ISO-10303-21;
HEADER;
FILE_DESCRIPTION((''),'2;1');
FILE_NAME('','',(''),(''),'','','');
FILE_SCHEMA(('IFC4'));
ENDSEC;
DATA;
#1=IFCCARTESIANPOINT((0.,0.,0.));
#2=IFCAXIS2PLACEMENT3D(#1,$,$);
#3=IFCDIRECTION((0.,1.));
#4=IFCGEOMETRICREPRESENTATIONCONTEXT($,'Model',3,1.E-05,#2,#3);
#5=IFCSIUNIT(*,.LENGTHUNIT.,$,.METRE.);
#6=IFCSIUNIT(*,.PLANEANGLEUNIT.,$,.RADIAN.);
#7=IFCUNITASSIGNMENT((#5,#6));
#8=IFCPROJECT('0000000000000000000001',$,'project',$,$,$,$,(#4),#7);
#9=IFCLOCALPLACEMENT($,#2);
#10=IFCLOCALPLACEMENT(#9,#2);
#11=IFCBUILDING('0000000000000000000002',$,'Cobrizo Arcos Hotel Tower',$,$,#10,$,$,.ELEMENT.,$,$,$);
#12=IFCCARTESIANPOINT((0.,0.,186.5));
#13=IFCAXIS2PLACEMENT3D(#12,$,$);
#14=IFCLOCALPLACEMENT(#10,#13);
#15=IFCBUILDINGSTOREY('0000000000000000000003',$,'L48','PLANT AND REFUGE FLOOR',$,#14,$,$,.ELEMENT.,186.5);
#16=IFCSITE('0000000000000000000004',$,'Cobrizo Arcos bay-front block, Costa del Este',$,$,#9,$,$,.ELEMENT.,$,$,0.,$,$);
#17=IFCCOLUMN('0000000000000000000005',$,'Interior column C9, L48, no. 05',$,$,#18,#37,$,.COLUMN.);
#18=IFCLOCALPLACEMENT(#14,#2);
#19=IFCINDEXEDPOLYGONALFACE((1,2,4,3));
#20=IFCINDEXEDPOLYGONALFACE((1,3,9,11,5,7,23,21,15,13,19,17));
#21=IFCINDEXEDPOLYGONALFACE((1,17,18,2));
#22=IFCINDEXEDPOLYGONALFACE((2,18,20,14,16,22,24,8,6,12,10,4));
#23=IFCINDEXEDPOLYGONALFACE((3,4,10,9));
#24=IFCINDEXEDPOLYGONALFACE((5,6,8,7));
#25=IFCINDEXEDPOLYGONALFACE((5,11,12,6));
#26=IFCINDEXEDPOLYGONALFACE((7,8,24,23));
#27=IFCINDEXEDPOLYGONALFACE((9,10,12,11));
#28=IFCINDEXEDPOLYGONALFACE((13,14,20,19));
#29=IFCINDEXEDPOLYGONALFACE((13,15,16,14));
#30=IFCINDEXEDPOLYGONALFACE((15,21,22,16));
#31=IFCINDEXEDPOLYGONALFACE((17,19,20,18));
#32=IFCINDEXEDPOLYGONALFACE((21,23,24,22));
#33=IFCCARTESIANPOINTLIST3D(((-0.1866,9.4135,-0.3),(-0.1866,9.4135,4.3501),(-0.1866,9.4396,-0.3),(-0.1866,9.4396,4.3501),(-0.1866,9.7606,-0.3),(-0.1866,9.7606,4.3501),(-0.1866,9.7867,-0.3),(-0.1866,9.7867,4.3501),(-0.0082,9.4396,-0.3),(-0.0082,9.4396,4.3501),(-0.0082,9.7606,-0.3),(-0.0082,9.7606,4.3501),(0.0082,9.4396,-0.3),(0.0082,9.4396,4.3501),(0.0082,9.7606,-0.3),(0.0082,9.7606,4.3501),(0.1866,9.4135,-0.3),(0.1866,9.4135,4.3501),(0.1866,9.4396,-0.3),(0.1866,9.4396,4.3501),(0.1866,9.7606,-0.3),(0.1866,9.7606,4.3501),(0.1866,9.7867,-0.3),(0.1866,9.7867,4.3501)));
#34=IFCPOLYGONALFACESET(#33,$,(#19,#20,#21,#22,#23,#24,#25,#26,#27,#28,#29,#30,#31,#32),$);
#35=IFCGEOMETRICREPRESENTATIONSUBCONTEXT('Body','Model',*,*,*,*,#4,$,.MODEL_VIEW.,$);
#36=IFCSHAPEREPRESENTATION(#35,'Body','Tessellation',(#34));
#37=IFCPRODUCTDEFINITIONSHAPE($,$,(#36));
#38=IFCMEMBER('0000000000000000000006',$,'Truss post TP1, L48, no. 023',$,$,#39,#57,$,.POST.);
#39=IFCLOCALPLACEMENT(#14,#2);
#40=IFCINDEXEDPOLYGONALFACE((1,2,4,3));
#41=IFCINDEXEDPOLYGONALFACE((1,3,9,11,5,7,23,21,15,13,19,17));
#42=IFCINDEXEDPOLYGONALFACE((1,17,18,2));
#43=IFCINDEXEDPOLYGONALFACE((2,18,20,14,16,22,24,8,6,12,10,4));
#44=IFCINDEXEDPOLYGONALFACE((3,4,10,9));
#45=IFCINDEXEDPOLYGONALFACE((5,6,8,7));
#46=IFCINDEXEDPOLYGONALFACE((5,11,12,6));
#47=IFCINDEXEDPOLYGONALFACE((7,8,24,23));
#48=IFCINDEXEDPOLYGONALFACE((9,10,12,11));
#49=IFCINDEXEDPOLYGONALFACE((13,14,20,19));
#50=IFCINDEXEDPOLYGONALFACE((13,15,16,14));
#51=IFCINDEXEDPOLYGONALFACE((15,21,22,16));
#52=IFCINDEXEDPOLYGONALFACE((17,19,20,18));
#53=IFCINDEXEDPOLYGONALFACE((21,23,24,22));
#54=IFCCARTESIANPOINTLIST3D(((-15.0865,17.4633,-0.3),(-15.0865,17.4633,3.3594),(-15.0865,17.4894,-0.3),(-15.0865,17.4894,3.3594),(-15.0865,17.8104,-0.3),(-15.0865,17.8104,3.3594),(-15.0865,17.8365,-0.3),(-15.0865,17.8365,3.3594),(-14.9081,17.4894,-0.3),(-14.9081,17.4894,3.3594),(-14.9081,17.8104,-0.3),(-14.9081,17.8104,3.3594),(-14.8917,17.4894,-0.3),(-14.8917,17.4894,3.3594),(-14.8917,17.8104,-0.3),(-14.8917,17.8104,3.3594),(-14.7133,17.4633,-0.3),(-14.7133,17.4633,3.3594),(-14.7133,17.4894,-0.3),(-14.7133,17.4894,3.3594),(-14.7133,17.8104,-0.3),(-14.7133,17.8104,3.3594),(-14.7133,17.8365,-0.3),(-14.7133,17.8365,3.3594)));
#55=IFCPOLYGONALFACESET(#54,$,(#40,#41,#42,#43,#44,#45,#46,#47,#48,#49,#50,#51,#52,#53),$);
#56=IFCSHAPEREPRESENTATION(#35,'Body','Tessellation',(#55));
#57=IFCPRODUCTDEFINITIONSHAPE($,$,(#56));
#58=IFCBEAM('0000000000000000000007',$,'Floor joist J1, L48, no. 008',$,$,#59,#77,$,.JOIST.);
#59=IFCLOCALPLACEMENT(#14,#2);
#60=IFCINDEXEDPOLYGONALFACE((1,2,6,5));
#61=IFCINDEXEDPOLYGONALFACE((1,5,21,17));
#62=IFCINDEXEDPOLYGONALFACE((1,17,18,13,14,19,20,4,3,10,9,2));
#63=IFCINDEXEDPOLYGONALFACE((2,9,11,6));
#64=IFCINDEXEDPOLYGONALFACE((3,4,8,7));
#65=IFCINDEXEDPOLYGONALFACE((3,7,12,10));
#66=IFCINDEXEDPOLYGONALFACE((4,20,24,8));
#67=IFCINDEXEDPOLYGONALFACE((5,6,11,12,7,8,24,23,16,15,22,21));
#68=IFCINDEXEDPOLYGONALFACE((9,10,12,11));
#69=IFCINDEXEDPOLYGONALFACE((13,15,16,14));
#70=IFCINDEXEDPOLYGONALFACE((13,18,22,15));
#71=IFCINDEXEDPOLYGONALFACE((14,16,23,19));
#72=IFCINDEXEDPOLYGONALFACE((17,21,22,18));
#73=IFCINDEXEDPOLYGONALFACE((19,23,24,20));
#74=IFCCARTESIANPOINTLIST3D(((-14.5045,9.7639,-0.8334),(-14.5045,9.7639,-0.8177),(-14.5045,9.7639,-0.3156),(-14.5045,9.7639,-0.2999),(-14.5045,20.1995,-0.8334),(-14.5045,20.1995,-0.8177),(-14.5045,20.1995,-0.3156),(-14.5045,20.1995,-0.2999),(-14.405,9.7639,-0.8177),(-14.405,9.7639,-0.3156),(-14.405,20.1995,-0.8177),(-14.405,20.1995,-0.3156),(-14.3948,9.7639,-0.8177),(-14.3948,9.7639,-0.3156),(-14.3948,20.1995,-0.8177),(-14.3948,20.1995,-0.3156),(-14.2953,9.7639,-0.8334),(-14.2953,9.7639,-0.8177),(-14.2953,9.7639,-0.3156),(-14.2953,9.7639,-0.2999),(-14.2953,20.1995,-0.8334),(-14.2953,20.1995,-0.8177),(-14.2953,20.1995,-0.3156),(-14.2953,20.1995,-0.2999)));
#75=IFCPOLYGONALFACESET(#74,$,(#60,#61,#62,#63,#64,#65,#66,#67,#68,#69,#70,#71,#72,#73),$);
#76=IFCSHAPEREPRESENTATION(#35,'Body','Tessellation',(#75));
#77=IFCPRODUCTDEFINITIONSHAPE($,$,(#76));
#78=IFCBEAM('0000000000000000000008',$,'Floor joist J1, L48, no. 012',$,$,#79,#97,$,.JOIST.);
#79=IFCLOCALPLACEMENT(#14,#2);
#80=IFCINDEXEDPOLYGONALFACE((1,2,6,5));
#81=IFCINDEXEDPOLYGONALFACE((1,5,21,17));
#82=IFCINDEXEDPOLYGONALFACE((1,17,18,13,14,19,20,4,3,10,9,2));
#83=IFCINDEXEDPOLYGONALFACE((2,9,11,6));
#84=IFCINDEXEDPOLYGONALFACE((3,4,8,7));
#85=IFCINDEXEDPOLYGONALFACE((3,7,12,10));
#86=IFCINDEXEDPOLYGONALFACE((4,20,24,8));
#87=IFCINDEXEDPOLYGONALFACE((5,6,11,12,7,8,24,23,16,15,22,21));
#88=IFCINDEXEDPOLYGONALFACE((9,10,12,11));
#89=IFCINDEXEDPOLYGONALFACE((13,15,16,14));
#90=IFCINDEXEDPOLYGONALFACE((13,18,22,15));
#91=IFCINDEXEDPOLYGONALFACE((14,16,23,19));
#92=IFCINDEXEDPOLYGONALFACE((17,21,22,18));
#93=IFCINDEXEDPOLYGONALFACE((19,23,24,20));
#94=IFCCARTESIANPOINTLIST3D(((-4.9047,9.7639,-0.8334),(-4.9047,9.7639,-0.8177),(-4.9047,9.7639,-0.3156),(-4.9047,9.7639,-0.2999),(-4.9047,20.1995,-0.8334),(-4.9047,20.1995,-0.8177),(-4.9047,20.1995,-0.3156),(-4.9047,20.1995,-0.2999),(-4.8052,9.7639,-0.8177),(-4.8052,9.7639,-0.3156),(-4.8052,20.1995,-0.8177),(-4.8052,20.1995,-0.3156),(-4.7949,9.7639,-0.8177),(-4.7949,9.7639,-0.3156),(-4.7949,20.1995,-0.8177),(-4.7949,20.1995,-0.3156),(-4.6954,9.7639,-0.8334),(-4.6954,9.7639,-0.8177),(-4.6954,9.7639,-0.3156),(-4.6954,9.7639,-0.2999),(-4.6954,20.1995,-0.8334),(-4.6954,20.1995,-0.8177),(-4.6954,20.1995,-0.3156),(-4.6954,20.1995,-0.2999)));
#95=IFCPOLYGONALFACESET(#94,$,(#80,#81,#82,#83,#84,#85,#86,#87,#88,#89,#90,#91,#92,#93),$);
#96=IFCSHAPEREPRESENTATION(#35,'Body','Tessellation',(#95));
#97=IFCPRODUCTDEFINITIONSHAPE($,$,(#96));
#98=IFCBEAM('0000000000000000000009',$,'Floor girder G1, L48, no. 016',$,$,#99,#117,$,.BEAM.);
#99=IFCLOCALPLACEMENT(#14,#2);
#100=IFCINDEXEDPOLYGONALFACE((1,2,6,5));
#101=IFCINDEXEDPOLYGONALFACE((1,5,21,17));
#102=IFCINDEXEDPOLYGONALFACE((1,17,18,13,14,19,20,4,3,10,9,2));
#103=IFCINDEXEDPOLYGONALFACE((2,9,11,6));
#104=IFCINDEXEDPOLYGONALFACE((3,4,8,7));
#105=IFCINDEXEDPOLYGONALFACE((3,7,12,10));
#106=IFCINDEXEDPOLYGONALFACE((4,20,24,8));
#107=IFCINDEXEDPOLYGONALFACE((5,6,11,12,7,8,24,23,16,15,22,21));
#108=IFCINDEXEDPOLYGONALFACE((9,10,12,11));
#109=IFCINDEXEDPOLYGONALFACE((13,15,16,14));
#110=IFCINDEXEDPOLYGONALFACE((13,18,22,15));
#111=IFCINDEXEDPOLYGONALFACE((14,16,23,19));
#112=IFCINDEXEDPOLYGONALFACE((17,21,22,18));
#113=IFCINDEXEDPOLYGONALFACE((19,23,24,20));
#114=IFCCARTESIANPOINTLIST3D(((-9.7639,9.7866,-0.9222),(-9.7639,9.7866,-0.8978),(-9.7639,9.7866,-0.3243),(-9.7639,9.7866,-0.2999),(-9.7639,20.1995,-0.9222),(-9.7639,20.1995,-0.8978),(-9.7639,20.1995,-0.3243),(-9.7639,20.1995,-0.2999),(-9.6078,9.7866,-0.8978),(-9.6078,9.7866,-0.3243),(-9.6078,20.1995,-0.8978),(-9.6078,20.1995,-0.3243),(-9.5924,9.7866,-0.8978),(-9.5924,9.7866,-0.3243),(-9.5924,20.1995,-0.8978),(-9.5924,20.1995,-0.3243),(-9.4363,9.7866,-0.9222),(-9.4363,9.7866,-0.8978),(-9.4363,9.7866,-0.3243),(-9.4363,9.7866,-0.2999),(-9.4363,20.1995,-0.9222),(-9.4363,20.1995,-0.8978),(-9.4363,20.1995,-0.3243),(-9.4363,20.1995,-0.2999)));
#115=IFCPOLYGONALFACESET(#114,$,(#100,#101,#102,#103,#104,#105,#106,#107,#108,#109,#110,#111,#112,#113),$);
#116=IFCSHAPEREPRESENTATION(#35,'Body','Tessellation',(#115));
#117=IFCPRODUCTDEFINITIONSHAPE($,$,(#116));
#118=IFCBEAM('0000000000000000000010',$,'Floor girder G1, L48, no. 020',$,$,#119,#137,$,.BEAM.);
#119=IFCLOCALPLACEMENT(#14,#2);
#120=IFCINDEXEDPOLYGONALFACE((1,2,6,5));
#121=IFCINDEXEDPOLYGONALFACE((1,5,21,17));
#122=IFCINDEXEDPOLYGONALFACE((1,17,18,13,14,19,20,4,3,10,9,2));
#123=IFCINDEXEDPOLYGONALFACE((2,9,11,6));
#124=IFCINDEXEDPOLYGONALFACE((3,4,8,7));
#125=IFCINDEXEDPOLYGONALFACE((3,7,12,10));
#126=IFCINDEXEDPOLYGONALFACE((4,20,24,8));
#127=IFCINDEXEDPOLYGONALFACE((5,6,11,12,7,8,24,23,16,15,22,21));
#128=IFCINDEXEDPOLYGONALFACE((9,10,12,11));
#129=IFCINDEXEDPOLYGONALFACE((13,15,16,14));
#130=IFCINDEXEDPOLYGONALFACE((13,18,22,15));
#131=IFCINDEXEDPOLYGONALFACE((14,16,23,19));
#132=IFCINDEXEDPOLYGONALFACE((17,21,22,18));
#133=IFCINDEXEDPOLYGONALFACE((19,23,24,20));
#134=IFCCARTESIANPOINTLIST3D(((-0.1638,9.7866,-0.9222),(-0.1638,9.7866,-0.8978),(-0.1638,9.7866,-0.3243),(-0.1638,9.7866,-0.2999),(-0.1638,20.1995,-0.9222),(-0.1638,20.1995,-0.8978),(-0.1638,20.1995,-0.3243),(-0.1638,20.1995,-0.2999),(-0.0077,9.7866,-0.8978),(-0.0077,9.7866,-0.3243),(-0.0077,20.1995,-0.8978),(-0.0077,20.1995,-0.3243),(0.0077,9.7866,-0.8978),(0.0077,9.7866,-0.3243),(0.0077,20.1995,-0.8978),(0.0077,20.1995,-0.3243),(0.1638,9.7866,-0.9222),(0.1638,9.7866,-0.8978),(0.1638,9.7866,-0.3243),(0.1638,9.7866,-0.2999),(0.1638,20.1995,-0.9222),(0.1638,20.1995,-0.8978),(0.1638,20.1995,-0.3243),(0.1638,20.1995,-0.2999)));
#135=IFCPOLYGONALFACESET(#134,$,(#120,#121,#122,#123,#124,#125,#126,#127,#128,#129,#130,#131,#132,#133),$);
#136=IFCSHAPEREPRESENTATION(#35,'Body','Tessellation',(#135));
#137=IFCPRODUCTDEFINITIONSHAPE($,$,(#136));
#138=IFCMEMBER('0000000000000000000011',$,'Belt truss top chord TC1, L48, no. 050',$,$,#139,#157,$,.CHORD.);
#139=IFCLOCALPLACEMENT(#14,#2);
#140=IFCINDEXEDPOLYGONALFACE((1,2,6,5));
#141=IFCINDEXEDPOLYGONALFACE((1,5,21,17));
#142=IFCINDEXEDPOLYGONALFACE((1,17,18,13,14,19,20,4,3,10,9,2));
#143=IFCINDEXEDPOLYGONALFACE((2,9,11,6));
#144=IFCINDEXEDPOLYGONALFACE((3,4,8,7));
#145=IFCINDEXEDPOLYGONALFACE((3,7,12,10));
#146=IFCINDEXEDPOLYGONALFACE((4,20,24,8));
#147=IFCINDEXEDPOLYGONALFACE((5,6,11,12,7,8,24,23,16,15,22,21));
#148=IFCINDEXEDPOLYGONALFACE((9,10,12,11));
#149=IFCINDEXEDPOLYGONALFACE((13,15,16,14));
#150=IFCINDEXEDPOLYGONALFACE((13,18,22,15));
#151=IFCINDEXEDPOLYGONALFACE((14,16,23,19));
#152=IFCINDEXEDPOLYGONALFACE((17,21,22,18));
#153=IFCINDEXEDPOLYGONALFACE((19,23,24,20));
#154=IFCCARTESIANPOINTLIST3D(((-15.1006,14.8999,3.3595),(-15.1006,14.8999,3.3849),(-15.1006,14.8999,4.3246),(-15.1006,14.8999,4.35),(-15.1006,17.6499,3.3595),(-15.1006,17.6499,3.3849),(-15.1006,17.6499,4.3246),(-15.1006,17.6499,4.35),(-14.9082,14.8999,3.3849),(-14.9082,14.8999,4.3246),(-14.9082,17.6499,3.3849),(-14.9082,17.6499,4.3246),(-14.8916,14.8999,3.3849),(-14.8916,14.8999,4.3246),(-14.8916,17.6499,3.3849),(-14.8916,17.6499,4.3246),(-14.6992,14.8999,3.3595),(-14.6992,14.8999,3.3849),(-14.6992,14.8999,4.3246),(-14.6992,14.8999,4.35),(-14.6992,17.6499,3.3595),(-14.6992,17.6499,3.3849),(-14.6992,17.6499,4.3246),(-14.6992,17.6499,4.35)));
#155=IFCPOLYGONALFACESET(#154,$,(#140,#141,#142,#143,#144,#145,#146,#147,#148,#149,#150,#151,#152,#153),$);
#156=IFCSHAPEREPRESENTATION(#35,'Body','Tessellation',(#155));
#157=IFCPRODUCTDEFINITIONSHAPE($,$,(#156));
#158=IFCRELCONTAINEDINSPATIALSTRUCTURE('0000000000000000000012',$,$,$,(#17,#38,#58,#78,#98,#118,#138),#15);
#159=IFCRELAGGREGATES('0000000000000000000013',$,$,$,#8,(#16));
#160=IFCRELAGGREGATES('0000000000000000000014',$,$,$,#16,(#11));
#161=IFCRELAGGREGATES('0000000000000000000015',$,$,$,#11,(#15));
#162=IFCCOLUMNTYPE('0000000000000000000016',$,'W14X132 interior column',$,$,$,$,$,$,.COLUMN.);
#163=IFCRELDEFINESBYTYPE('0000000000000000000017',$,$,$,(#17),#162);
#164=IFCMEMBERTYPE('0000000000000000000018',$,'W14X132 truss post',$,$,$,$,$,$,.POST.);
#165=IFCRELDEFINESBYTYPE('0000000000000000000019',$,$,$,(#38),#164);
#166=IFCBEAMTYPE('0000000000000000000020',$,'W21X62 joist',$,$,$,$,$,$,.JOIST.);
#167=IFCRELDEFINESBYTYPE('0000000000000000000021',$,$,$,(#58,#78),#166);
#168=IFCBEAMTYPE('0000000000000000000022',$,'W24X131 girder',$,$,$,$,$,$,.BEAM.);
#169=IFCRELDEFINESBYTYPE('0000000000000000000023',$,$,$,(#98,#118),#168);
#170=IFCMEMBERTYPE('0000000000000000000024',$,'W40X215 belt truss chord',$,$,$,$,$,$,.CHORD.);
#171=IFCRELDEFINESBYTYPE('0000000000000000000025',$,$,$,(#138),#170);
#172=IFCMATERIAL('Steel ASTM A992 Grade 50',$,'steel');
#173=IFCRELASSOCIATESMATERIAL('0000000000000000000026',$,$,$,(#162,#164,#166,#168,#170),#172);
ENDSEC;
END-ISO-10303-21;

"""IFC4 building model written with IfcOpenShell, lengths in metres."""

from ifc_helpers import new_model, si_unit, direction, frame, origin, origin_2d, place, context, subcontext, project, spatial, i_section, extrude, material, material_profile, profile_set, type_object, element, save


model = new_model("IFC4")

# Units and contexts
model_context = context("Model", 3, precision=1e-05, world=origin(), true_north=direction((0.0, 1.0)))
body_context = subcontext(model_context, "Body", "Model", "MODEL_VIEW")
ifc_project = project(units=[si_unit("LENGTHUNIT", "METRE"), si_unit("PLANEANGLEUNIT", "RADIAN")], contexts=[model_context])

# Site, building, storey
site_placement = place(None, origin())
site = spatial("IfcSite", under=ifc_project, at=site_placement, Name="Cobrizo Arcos bay-front block, Costa del Este", CompositionType="ELEMENT", RefElevation=0.0)
building_placement = place(site_placement, origin())
building = spatial("IfcBuilding", under=site, at=building_placement, Name="Cobrizo Arcos Hotel Tower", CompositionType="ELEMENT")
storey_placement = place(building_placement, frame((0.0, 0.0, 186.5)))
storey = spatial("IfcBuildingStorey", under=building, at=storey_placement, Name="L48", Description="PLANT AND REFUGE FLOOR", CompositionType="ELEMENT", Elevation=186.5)

# Column
ifc_material_1 = material(Name="Steel ASTM A992 Grade 50", Category="steel")
ifc_material_profile_1 = material_profile(ifc_material_1, i_section(OverallWidth=0.3733, OverallDepth=0.3733, WebThickness=0.0164, FlangeThickness=0.0261, at=origin_2d()), Name="W14X132")
ifc_profile_set_1 = profile_set([ifc_material_profile_1], Name="Steel ASTM A992 Grade 50")
column_type = type_object("IfcColumnType", Name="W14X132 interior column", PredefinedType="COLUMN", material=ifc_profile_set_1)
column_placement = place(storey_placement, frame((0.0, 9.6001, -0.3), z_axis=(0.0, 0.0, 1.0), x_axis=(1.0, 0.0, 0.0)))
element("IfcColumn", 1, at=column_placement, inside=storey, type_object=column_type, Name="Interior column C9, L48, no. 05", PredefinedType="COLUMN", context=body_context, shape_type="SweptSolid", body=[
    extrude(i_section(OverallWidth=0.3733, OverallDepth=0.3733, WebThickness=0.0164, FlangeThickness=0.0261, at=origin_2d()), origin(), (0.0, 0.0, 1.0), 4.6501),
])

# Member
ifc_material_profile_2 = material_profile(ifc_material_1, i_section(OverallWidth=0.3733, OverallDepth=0.3733, WebThickness=0.0164, FlangeThickness=0.0261, at=origin_2d()), Name="W14X132")
ifc_profile_set_2 = profile_set([ifc_material_profile_2], Name="Steel ASTM A992 Grade 50")
member_type_1 = type_object("IfcMemberType", Name="W14X132 truss post", PredefinedType="POST", material=ifc_profile_set_2)
member_1_placement = place(storey_placement, frame((-14.8999, 17.6499, -0.3), z_axis=(0.0, 0.0, 1.0), x_axis=(1.0, 0.0, 0.0)))
element("IfcMember", 2, at=member_1_placement, inside=storey, type_object=member_type_1, Name="Truss post TP1, L48, no. 023", PredefinedType="POST", context=body_context, shape_type="SweptSolid", body=[
    extrude(i_section(OverallWidth=0.3733, OverallDepth=0.3733, WebThickness=0.0164, FlangeThickness=0.0261, at=origin_2d()), origin(), (0.0, 0.0, 1.0), 3.6594),
])

# Beams
ifc_material_profile_3 = material_profile(ifc_material_1, i_section(OverallWidth=0.2092, OverallDepth=0.5334, WebThickness=0.0103, FlangeThickness=0.0156, at=origin_2d()), Name="W21X62")
ifc_profile_set_3 = profile_set([ifc_material_profile_3], Name="Steel ASTM A992 Grade 50")
beam_type_1 = type_object("IfcBeamType", Name="W21X62 joist", PredefinedType="JOIST", material=ifc_profile_set_3)
for number, where, z_axis, x_axis, name in (
    (3, (-14.3999, 9.7639, -0.5667), (0.0, 1.0, 0.0), (-1.0, 0.0, 0.0), "Floor joist J1, L48, no. 008"),
    (4, (-4.8, 9.7639, -0.5667), (0.0, 1.0, 0.0), (-1.0, 0.0, 0.0), "Floor joist J1, L48, no. 012"),
):
    element("IfcBeam", number, at=place(storey_placement, frame(where, z_axis=z_axis, x_axis=x_axis)), inside=storey, type_object=beam_type_1, Name=name, PredefinedType="JOIST", context=body_context, shape_type="SweptSolid", body=[
        extrude(i_section(OverallWidth=0.2092, OverallDepth=0.5334, WebThickness=0.0103, FlangeThickness=0.0156, at=origin_2d()), origin(), (0.0, 0.0, 1.0), 10.4355),
    ])
ifc_material_profile_4 = material_profile(ifc_material_1, i_section(OverallWidth=0.3276, OverallDepth=0.6223, WebThickness=0.0154, FlangeThickness=0.0244, at=origin_2d()), Name="W24X131")
ifc_profile_set_4 = profile_set([ifc_material_profile_4], Name="Steel ASTM A992 Grade 50")
beam_type_2 = type_object("IfcBeamType", Name="W24X131 girder", PredefinedType="BEAM", material=ifc_profile_set_4)
for number, where, z_axis, x_axis, name in (
    (5, (-9.6001, 9.7866, -0.6111), (0.0, 1.0, 0.0), (-1.0, 0.0, 0.0), "Floor girder G1, L48, no. 016"),
    (6, (0.0, 9.7866, -0.6111), (0.0, 1.0, 0.0), (-1.0, 0.0, 0.0), "Floor girder G1, L48, no. 020"),
):
    element("IfcBeam", number, at=place(storey_placement, frame(where, z_axis=z_axis, x_axis=x_axis)), inside=storey, type_object=beam_type_2, Name=name, PredefinedType="BEAM", context=body_context, shape_type="SweptSolid", body=[
        extrude(i_section(OverallWidth=0.3276, OverallDepth=0.6223, WebThickness=0.0154, FlangeThickness=0.0244, at=origin_2d()), origin(), (0.0, 0.0, 1.0), 10.4128),
    ])

# Member
ifc_material_profile_5 = material_profile(ifc_material_1, i_section(OverallWidth=0.4014, OverallDepth=0.9905, WebThickness=0.0166, FlangeThickness=0.0254, at=origin_2d()), Name="W40X215")
ifc_profile_set_5 = profile_set([ifc_material_profile_5], Name="Steel ASTM A992 Grade 50")
member_type_2 = type_object("IfcMemberType", Name="W40X215 belt truss chord", PredefinedType="CHORD", material=ifc_profile_set_5)
member_2_placement = place(storey_placement, frame((-14.8999, 17.6499, 3.8547), z_axis=(0.0, -1.0, 0.0), x_axis=(1.0, 0.0, 0.0)))
element("IfcMember", 7, at=member_2_placement, inside=storey, type_object=member_type_2, Name="Belt truss top chord TC1, L48, no. 050", PredefinedType="CHORD", context=body_context, shape_type="SweptSolid", body=[
    extrude(i_section(OverallWidth=0.4014, OverallDepth=0.9905, WebThickness=0.0166, FlangeThickness=0.0254, at=origin_2d()), origin(), (0.0, 0.0, 1.0), 2.75),
])

save(model, "model.ifc")
